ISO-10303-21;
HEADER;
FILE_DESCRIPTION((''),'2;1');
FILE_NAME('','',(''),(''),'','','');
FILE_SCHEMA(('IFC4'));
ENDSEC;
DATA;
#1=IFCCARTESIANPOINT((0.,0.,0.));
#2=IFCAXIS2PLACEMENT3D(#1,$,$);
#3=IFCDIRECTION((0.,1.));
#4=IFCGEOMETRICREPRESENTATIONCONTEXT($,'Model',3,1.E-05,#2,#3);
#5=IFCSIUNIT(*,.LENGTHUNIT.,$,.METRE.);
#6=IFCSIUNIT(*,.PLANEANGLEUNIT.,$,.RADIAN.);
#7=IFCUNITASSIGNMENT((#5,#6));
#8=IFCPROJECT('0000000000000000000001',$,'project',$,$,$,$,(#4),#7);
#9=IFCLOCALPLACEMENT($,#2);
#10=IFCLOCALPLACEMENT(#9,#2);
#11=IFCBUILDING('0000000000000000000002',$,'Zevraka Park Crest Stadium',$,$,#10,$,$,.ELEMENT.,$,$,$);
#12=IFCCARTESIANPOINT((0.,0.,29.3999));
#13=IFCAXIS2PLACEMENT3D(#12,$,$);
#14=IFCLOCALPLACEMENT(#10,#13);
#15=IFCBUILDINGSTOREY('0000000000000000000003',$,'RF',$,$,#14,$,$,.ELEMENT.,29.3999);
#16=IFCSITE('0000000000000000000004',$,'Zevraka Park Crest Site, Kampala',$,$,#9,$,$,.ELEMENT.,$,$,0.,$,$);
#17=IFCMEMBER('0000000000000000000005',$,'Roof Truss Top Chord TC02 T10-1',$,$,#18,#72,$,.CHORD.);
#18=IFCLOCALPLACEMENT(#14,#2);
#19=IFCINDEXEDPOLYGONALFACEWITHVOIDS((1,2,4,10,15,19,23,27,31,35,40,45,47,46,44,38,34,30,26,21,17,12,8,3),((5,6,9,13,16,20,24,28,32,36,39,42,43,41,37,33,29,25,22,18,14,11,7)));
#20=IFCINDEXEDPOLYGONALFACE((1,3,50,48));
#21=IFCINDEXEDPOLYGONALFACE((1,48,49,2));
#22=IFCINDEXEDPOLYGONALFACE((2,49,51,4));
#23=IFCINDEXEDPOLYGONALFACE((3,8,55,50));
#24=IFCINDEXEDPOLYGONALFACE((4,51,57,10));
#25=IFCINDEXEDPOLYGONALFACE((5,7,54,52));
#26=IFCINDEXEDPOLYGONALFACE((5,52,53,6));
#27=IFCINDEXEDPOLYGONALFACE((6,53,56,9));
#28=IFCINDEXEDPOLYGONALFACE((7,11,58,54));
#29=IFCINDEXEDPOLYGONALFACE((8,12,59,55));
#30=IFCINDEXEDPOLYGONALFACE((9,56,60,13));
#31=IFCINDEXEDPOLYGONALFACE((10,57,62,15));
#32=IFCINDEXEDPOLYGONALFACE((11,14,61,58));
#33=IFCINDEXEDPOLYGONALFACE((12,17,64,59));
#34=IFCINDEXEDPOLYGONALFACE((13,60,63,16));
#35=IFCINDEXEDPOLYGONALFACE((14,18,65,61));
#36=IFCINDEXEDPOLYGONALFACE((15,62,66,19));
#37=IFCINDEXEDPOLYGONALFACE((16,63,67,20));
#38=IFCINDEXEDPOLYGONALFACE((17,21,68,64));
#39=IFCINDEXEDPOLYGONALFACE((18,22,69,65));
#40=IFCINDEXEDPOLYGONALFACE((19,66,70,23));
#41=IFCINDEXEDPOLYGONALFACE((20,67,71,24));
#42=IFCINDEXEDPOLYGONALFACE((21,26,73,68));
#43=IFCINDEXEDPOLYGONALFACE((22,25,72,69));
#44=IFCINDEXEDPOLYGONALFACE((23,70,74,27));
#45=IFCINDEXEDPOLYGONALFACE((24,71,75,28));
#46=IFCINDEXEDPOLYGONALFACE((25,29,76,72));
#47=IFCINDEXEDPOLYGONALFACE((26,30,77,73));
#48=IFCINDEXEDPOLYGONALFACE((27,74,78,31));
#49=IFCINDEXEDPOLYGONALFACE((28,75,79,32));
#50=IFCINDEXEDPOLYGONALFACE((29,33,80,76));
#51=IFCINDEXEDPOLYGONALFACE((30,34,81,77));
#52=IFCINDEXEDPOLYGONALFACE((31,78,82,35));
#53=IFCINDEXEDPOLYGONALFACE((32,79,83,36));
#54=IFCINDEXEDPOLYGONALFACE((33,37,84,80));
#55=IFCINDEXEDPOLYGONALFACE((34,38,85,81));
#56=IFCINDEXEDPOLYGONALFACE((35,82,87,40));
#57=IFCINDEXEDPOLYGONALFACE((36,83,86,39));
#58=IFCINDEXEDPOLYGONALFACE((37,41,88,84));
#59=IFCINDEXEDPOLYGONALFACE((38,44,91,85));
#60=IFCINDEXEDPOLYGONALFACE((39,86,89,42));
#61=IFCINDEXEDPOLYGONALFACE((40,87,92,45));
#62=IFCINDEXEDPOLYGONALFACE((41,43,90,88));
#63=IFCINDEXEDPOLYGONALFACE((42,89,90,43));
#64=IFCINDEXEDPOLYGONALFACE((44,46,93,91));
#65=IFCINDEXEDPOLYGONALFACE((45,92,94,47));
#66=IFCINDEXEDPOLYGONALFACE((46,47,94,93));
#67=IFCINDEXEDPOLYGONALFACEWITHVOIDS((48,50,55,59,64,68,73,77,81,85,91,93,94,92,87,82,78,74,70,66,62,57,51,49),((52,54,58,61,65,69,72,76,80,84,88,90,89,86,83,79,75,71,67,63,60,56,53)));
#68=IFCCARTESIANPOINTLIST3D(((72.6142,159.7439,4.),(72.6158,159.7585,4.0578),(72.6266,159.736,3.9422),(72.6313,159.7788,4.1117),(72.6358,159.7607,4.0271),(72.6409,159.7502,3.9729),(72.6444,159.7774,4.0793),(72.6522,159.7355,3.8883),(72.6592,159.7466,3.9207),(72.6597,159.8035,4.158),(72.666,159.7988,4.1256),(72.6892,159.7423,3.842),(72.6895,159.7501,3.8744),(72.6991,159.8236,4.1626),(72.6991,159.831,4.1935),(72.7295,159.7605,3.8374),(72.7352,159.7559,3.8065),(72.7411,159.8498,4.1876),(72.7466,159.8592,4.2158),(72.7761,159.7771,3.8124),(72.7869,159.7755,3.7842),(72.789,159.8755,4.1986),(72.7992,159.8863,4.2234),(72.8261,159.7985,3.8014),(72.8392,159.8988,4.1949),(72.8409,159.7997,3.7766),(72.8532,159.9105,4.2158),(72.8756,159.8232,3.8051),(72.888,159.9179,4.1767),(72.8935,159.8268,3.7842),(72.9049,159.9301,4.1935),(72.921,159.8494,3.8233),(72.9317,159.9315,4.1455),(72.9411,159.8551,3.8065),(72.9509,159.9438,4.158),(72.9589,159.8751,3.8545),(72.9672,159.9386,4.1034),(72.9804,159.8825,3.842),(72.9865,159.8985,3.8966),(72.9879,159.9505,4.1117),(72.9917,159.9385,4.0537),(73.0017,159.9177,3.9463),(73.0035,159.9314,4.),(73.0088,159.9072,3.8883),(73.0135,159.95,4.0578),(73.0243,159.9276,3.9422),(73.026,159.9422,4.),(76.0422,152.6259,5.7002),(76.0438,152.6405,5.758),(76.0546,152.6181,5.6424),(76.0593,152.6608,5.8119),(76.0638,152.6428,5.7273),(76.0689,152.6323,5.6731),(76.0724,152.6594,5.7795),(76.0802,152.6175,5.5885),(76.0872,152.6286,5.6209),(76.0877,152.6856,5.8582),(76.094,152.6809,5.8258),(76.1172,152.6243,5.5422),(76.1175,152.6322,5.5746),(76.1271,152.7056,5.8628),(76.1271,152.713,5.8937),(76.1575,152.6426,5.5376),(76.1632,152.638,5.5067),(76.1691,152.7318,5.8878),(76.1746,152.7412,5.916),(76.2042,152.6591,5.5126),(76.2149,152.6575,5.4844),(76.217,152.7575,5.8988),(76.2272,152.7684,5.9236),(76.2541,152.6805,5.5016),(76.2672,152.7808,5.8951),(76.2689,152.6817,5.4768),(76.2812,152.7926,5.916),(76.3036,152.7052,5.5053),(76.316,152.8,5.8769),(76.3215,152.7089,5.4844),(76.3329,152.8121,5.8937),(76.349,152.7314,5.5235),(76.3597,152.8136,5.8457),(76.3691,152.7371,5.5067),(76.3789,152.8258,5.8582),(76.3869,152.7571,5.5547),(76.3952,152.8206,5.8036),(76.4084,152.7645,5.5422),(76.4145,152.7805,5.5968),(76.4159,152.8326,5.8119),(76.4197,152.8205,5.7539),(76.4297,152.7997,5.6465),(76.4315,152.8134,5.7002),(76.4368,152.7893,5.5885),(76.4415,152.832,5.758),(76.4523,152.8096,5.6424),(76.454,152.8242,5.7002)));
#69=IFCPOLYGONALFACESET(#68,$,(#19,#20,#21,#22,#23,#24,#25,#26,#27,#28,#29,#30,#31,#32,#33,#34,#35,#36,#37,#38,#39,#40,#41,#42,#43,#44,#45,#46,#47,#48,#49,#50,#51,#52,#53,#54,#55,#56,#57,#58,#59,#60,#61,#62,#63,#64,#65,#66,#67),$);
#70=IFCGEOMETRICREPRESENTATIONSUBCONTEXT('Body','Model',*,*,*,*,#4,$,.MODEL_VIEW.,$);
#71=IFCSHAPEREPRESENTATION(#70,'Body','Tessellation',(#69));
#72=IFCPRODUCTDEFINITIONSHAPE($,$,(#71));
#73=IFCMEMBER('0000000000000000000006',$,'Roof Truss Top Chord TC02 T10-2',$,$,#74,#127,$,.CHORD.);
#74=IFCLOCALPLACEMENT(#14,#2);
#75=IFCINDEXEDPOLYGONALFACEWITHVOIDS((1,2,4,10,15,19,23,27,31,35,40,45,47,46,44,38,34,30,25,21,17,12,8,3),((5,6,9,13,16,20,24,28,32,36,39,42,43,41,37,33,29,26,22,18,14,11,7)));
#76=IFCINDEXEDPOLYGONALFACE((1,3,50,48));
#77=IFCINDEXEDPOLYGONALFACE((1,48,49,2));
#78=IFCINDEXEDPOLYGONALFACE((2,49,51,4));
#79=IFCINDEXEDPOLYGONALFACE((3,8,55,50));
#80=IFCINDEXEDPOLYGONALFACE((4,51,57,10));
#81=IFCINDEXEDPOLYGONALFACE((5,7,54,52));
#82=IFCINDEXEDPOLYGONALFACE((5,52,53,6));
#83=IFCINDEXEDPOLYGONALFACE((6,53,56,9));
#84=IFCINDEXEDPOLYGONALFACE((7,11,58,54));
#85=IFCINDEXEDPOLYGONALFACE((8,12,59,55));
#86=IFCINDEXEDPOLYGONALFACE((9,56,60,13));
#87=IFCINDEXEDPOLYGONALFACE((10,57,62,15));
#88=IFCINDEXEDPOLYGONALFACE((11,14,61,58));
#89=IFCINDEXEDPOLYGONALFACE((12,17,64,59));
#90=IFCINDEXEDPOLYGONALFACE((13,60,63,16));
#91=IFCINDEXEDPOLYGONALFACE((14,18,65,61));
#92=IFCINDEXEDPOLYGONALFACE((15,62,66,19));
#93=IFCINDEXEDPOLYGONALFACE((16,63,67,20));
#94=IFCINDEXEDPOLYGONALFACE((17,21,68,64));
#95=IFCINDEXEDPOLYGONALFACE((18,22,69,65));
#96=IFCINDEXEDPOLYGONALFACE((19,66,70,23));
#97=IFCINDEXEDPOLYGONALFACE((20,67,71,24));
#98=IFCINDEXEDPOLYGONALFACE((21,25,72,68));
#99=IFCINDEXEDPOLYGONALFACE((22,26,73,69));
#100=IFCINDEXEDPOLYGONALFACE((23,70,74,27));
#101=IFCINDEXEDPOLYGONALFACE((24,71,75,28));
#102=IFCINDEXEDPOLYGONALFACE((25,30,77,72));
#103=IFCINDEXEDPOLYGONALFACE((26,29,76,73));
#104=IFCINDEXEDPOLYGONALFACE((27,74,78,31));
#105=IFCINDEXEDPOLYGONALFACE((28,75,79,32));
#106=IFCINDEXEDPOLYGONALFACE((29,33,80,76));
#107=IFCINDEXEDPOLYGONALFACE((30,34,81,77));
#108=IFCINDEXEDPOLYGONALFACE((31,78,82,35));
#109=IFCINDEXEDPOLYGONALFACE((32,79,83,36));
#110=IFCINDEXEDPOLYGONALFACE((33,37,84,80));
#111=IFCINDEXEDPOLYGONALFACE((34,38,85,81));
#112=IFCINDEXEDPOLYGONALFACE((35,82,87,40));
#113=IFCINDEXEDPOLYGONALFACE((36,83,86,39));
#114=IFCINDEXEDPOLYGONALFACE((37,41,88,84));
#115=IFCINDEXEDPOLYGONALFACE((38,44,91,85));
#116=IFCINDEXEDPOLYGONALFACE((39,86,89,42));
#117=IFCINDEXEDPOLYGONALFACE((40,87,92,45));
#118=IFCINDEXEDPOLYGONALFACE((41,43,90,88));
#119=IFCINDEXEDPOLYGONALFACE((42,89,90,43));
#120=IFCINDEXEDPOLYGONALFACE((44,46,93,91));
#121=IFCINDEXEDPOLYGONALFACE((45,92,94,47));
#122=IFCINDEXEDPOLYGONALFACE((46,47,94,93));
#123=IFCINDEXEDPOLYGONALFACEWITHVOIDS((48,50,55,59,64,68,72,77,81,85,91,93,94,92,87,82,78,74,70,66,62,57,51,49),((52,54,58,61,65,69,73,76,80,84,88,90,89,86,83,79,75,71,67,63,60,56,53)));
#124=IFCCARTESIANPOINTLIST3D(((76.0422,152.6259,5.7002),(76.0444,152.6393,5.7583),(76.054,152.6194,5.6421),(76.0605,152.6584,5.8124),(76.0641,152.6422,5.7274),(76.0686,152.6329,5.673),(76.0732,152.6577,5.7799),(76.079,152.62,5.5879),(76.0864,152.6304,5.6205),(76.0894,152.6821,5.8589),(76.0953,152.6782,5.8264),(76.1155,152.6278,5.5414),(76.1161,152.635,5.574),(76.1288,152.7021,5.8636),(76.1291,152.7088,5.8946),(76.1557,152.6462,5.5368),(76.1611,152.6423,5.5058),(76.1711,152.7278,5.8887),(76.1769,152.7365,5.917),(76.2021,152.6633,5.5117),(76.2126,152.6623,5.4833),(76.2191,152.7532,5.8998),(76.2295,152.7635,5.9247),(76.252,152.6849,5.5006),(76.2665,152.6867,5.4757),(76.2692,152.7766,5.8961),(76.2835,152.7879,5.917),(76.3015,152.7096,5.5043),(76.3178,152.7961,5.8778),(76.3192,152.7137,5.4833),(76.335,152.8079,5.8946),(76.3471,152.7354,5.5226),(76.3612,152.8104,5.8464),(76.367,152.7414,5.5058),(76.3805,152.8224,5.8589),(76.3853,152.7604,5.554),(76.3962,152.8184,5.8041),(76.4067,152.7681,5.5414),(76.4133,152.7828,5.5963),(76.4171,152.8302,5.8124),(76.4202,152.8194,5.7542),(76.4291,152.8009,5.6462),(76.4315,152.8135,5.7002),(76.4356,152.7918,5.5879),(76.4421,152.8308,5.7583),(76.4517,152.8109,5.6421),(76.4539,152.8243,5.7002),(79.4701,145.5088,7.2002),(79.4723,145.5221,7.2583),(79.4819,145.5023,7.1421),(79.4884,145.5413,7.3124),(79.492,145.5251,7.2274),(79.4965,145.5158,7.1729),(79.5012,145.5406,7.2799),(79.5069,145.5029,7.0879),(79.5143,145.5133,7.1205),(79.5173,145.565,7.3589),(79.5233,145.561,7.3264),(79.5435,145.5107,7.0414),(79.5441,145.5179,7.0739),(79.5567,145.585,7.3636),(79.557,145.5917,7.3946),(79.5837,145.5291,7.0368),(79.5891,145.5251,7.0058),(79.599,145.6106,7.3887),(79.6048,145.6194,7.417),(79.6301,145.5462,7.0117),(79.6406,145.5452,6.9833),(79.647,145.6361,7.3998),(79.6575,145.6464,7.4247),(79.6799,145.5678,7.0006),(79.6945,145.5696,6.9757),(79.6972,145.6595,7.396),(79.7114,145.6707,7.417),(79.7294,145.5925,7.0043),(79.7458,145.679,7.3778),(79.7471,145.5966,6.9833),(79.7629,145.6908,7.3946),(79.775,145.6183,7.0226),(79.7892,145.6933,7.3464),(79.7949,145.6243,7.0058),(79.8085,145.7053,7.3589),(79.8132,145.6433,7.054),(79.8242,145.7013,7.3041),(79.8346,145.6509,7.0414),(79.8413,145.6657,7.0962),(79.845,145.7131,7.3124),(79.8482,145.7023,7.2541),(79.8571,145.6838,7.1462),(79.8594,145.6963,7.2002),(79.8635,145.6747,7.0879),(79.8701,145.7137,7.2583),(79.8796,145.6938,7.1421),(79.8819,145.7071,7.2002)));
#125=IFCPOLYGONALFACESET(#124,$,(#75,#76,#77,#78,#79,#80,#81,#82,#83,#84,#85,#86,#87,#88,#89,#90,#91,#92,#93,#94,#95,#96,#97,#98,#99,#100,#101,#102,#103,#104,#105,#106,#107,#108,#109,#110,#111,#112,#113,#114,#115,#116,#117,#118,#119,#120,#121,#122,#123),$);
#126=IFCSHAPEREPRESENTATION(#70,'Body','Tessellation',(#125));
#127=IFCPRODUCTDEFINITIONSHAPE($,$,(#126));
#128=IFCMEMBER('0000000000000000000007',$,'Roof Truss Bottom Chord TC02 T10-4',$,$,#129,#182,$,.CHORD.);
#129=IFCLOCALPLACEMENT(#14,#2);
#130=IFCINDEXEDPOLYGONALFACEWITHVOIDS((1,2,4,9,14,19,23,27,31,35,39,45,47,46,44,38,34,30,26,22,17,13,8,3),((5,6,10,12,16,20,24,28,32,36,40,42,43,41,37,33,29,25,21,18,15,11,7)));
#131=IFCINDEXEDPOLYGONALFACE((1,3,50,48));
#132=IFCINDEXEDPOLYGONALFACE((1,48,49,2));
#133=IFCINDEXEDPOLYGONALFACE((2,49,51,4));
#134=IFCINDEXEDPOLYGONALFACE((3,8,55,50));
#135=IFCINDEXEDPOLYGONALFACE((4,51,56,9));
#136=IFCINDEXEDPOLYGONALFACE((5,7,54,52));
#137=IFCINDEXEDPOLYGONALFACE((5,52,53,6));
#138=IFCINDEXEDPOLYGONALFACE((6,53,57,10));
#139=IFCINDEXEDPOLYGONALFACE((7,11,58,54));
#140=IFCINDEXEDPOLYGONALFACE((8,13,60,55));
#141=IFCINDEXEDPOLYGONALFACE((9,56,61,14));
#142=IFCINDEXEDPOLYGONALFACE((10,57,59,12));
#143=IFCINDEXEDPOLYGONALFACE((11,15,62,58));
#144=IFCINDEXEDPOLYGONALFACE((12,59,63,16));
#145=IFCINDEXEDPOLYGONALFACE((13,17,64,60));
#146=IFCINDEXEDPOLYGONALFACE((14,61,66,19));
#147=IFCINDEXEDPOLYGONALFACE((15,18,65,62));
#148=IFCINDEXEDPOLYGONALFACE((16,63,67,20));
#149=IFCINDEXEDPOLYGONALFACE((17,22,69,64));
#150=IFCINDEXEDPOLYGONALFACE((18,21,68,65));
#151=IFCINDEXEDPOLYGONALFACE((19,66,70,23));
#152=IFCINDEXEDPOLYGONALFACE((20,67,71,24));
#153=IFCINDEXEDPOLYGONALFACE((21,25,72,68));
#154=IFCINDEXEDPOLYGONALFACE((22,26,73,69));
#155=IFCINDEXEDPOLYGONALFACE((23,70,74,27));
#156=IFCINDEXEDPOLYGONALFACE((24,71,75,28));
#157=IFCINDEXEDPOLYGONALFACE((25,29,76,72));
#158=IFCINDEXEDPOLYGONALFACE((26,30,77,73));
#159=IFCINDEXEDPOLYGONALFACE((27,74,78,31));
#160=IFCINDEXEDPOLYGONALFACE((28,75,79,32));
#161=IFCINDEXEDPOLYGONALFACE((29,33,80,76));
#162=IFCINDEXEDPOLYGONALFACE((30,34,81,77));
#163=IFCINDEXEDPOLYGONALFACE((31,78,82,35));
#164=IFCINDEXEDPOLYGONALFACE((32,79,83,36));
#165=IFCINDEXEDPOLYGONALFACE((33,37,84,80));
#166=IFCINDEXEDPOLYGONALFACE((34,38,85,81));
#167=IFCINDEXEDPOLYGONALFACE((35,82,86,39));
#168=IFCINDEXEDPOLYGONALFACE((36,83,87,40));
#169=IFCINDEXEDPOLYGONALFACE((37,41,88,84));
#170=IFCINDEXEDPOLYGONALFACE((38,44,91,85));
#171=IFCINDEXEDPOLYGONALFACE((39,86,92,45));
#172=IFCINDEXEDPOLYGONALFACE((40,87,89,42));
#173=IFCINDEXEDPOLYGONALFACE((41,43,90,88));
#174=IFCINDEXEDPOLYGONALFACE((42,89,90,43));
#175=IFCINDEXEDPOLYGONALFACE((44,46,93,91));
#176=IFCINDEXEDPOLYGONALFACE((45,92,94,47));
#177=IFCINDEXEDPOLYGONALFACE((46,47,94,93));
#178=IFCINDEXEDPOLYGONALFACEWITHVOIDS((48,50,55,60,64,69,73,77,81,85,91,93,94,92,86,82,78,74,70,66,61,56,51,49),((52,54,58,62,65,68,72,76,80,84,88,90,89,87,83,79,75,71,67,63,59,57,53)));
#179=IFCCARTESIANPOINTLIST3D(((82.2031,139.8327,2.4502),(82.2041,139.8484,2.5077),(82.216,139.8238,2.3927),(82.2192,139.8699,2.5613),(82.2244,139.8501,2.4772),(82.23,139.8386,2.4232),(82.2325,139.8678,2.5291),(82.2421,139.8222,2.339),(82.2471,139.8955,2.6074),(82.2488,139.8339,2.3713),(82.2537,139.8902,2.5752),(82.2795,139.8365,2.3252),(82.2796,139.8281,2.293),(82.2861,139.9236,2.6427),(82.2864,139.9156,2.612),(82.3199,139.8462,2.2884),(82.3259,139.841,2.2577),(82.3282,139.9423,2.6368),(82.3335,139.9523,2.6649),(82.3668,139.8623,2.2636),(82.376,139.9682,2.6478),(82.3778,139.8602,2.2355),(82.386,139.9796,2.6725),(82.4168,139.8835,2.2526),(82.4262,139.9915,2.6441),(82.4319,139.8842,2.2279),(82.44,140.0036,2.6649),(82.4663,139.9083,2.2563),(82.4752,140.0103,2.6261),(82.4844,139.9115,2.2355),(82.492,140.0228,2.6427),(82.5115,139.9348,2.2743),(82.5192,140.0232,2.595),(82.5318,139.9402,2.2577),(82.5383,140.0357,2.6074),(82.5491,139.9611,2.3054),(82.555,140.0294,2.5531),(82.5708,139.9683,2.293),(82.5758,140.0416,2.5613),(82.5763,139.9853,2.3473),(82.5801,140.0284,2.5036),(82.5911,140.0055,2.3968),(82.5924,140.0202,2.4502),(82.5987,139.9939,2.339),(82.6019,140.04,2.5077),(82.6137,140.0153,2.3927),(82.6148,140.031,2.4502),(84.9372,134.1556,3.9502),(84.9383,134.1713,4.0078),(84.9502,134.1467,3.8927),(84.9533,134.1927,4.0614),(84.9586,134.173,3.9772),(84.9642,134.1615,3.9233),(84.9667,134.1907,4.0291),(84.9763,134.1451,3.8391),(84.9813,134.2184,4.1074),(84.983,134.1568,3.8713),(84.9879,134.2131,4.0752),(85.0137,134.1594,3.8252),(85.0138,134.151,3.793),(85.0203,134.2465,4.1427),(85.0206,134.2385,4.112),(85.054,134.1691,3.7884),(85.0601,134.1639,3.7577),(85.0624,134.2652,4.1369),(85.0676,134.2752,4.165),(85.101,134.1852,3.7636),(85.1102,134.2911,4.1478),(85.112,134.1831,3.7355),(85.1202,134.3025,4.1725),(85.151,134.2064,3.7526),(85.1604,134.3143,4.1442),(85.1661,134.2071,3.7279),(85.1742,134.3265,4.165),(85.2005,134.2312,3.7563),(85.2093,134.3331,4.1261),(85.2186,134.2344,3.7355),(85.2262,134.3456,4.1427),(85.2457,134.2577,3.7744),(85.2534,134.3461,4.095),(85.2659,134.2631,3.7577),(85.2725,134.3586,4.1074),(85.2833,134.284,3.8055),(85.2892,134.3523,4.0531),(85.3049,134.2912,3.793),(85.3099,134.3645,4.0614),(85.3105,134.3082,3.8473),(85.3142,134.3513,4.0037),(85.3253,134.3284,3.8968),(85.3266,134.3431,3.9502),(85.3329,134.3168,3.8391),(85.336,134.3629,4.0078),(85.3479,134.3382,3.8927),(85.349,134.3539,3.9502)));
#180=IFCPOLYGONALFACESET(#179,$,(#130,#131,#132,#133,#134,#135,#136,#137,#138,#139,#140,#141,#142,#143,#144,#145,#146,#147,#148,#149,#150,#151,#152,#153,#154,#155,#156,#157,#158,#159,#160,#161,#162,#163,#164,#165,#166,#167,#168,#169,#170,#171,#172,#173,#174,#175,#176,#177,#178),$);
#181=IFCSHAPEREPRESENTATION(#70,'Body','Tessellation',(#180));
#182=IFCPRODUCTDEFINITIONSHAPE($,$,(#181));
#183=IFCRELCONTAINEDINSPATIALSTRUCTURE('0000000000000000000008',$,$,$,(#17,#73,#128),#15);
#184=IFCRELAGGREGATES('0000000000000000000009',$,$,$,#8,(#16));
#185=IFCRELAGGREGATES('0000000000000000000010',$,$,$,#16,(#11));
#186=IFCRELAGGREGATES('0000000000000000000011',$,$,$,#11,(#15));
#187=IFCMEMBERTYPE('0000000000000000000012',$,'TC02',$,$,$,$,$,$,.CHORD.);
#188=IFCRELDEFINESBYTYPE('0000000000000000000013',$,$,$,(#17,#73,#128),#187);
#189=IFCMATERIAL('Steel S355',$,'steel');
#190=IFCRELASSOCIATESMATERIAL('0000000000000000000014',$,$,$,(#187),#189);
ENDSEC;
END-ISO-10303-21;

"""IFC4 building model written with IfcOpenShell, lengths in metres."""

from ifc_helpers import new_model, si_unit, direction, frame, origin, origin_2d, place, context, subcontext, project, spatial, hollow_circle, extrude, material, material_profile, profile_set, type_object, element, save


model = new_model("IFC4")

# Units and contexts
model_context = context("Model", 3, precision=1e-05, world=origin(), true_north=direction((0.0, 1.0)))
body_context = subcontext(model_context, "Body", "Model", "MODEL_VIEW")
ifc_project = project(units=[si_unit("LENGTHUNIT", "METRE"), si_unit("PLANEANGLEUNIT", "RADIAN")], contexts=[model_context])

# Site, building, storey
site_placement = place(None, origin())
site = spatial("IfcSite", under=ifc_project, at=site_placement, Name="Zevraka Park Crest Site, Kampala", CompositionType="ELEMENT", RefElevation=0.0)
building_placement = place(site_placement, origin())
building = spatial("IfcBuilding", under=site, at=building_placement, Name="Zevraka Park Crest Stadium", CompositionType="ELEMENT")
storey_placement = place(building_placement, frame((0.0, 0.0, 29.3999)))
storey = spatial("IfcBuildingStorey", under=building, at=storey_placement, Name="RF", CompositionType="ELEMENT", Elevation=29.3999)

# Members
ifc_material_1 = material(Name="Steel S355", Category="steel")
ifc_material_profile_1 = material_profile(ifc_material_1, hollow_circle(Radius=0.2285, WallThickness=0.0249, at=origin_2d()), Name="CHS 457.0x25")
ifc_profile_set_1 = profile_set([ifc_material_profile_1], Name="Steel S355")
member_type_1 = type_object("IfcMemberType", Name="TC02", PredefinedType="CHORD", material=ifc_profile_set_1)
member_1_placement = place(storey_placement, frame((72.8201, 159.843, 4.0), z_axis=(0.42419, -0.880795, 0.210388), x_axis=(0.900961, 0.433901, 0.0)))
element("IfcMember", 1, at=member_1_placement, inside=storey, type_object=member_type_1, Name="Roof Truss Top Chord TC02 T10-1", PredefinedType="CHORD", context=body_context, shape_type="SweptSolid", body=[
    extrude(hollow_circle(Radius=0.2285, WallThickness=0.0249, at=origin_2d()), origin(), (0.0, 0.0, 1.0), 8.0813),
])
member_2_placement = place(storey_placement, frame((76.248, 152.7251, 5.7002), z_axis=(0.42632, -0.885128, 0.186547), x_axis=(0.900943, 0.433937, 0.0)))
element("IfcMember", 2, at=member_2_placement, inside=storey, type_object=member_type_1, Name="Roof Truss Top Chord TC02 T10-2", PredefinedType="CHORD", context=body_context, shape_type="SweptSolid", body=[
    extrude(hollow_circle(Radius=0.2285, WallThickness=0.0249, at=origin_2d()), origin(), (0.0, 0.0, 1.0), 8.0408),
])
member_3_placement = place(storey_placement, frame((82.4089, 139.9319, 2.4502), z_axis=(0.422118, -0.876462, 0.231582), x_axis=(0.900955, 0.433913, 0.0)))
element("IfcMember", 3, at=member_3_placement, inside=storey, type_object=member_type_1, Name="Roof Truss Bottom Chord TC02 T10-4", PredefinedType="CHORD", context=body_context, shape_type="SweptSolid", body=[
    extrude(hollow_circle(Radius=0.2285, WallThickness=0.0249, at=origin_2d()), origin(), (0.0, 0.0, 1.0), 6.4773),
])

save(model, "model.ifc")
